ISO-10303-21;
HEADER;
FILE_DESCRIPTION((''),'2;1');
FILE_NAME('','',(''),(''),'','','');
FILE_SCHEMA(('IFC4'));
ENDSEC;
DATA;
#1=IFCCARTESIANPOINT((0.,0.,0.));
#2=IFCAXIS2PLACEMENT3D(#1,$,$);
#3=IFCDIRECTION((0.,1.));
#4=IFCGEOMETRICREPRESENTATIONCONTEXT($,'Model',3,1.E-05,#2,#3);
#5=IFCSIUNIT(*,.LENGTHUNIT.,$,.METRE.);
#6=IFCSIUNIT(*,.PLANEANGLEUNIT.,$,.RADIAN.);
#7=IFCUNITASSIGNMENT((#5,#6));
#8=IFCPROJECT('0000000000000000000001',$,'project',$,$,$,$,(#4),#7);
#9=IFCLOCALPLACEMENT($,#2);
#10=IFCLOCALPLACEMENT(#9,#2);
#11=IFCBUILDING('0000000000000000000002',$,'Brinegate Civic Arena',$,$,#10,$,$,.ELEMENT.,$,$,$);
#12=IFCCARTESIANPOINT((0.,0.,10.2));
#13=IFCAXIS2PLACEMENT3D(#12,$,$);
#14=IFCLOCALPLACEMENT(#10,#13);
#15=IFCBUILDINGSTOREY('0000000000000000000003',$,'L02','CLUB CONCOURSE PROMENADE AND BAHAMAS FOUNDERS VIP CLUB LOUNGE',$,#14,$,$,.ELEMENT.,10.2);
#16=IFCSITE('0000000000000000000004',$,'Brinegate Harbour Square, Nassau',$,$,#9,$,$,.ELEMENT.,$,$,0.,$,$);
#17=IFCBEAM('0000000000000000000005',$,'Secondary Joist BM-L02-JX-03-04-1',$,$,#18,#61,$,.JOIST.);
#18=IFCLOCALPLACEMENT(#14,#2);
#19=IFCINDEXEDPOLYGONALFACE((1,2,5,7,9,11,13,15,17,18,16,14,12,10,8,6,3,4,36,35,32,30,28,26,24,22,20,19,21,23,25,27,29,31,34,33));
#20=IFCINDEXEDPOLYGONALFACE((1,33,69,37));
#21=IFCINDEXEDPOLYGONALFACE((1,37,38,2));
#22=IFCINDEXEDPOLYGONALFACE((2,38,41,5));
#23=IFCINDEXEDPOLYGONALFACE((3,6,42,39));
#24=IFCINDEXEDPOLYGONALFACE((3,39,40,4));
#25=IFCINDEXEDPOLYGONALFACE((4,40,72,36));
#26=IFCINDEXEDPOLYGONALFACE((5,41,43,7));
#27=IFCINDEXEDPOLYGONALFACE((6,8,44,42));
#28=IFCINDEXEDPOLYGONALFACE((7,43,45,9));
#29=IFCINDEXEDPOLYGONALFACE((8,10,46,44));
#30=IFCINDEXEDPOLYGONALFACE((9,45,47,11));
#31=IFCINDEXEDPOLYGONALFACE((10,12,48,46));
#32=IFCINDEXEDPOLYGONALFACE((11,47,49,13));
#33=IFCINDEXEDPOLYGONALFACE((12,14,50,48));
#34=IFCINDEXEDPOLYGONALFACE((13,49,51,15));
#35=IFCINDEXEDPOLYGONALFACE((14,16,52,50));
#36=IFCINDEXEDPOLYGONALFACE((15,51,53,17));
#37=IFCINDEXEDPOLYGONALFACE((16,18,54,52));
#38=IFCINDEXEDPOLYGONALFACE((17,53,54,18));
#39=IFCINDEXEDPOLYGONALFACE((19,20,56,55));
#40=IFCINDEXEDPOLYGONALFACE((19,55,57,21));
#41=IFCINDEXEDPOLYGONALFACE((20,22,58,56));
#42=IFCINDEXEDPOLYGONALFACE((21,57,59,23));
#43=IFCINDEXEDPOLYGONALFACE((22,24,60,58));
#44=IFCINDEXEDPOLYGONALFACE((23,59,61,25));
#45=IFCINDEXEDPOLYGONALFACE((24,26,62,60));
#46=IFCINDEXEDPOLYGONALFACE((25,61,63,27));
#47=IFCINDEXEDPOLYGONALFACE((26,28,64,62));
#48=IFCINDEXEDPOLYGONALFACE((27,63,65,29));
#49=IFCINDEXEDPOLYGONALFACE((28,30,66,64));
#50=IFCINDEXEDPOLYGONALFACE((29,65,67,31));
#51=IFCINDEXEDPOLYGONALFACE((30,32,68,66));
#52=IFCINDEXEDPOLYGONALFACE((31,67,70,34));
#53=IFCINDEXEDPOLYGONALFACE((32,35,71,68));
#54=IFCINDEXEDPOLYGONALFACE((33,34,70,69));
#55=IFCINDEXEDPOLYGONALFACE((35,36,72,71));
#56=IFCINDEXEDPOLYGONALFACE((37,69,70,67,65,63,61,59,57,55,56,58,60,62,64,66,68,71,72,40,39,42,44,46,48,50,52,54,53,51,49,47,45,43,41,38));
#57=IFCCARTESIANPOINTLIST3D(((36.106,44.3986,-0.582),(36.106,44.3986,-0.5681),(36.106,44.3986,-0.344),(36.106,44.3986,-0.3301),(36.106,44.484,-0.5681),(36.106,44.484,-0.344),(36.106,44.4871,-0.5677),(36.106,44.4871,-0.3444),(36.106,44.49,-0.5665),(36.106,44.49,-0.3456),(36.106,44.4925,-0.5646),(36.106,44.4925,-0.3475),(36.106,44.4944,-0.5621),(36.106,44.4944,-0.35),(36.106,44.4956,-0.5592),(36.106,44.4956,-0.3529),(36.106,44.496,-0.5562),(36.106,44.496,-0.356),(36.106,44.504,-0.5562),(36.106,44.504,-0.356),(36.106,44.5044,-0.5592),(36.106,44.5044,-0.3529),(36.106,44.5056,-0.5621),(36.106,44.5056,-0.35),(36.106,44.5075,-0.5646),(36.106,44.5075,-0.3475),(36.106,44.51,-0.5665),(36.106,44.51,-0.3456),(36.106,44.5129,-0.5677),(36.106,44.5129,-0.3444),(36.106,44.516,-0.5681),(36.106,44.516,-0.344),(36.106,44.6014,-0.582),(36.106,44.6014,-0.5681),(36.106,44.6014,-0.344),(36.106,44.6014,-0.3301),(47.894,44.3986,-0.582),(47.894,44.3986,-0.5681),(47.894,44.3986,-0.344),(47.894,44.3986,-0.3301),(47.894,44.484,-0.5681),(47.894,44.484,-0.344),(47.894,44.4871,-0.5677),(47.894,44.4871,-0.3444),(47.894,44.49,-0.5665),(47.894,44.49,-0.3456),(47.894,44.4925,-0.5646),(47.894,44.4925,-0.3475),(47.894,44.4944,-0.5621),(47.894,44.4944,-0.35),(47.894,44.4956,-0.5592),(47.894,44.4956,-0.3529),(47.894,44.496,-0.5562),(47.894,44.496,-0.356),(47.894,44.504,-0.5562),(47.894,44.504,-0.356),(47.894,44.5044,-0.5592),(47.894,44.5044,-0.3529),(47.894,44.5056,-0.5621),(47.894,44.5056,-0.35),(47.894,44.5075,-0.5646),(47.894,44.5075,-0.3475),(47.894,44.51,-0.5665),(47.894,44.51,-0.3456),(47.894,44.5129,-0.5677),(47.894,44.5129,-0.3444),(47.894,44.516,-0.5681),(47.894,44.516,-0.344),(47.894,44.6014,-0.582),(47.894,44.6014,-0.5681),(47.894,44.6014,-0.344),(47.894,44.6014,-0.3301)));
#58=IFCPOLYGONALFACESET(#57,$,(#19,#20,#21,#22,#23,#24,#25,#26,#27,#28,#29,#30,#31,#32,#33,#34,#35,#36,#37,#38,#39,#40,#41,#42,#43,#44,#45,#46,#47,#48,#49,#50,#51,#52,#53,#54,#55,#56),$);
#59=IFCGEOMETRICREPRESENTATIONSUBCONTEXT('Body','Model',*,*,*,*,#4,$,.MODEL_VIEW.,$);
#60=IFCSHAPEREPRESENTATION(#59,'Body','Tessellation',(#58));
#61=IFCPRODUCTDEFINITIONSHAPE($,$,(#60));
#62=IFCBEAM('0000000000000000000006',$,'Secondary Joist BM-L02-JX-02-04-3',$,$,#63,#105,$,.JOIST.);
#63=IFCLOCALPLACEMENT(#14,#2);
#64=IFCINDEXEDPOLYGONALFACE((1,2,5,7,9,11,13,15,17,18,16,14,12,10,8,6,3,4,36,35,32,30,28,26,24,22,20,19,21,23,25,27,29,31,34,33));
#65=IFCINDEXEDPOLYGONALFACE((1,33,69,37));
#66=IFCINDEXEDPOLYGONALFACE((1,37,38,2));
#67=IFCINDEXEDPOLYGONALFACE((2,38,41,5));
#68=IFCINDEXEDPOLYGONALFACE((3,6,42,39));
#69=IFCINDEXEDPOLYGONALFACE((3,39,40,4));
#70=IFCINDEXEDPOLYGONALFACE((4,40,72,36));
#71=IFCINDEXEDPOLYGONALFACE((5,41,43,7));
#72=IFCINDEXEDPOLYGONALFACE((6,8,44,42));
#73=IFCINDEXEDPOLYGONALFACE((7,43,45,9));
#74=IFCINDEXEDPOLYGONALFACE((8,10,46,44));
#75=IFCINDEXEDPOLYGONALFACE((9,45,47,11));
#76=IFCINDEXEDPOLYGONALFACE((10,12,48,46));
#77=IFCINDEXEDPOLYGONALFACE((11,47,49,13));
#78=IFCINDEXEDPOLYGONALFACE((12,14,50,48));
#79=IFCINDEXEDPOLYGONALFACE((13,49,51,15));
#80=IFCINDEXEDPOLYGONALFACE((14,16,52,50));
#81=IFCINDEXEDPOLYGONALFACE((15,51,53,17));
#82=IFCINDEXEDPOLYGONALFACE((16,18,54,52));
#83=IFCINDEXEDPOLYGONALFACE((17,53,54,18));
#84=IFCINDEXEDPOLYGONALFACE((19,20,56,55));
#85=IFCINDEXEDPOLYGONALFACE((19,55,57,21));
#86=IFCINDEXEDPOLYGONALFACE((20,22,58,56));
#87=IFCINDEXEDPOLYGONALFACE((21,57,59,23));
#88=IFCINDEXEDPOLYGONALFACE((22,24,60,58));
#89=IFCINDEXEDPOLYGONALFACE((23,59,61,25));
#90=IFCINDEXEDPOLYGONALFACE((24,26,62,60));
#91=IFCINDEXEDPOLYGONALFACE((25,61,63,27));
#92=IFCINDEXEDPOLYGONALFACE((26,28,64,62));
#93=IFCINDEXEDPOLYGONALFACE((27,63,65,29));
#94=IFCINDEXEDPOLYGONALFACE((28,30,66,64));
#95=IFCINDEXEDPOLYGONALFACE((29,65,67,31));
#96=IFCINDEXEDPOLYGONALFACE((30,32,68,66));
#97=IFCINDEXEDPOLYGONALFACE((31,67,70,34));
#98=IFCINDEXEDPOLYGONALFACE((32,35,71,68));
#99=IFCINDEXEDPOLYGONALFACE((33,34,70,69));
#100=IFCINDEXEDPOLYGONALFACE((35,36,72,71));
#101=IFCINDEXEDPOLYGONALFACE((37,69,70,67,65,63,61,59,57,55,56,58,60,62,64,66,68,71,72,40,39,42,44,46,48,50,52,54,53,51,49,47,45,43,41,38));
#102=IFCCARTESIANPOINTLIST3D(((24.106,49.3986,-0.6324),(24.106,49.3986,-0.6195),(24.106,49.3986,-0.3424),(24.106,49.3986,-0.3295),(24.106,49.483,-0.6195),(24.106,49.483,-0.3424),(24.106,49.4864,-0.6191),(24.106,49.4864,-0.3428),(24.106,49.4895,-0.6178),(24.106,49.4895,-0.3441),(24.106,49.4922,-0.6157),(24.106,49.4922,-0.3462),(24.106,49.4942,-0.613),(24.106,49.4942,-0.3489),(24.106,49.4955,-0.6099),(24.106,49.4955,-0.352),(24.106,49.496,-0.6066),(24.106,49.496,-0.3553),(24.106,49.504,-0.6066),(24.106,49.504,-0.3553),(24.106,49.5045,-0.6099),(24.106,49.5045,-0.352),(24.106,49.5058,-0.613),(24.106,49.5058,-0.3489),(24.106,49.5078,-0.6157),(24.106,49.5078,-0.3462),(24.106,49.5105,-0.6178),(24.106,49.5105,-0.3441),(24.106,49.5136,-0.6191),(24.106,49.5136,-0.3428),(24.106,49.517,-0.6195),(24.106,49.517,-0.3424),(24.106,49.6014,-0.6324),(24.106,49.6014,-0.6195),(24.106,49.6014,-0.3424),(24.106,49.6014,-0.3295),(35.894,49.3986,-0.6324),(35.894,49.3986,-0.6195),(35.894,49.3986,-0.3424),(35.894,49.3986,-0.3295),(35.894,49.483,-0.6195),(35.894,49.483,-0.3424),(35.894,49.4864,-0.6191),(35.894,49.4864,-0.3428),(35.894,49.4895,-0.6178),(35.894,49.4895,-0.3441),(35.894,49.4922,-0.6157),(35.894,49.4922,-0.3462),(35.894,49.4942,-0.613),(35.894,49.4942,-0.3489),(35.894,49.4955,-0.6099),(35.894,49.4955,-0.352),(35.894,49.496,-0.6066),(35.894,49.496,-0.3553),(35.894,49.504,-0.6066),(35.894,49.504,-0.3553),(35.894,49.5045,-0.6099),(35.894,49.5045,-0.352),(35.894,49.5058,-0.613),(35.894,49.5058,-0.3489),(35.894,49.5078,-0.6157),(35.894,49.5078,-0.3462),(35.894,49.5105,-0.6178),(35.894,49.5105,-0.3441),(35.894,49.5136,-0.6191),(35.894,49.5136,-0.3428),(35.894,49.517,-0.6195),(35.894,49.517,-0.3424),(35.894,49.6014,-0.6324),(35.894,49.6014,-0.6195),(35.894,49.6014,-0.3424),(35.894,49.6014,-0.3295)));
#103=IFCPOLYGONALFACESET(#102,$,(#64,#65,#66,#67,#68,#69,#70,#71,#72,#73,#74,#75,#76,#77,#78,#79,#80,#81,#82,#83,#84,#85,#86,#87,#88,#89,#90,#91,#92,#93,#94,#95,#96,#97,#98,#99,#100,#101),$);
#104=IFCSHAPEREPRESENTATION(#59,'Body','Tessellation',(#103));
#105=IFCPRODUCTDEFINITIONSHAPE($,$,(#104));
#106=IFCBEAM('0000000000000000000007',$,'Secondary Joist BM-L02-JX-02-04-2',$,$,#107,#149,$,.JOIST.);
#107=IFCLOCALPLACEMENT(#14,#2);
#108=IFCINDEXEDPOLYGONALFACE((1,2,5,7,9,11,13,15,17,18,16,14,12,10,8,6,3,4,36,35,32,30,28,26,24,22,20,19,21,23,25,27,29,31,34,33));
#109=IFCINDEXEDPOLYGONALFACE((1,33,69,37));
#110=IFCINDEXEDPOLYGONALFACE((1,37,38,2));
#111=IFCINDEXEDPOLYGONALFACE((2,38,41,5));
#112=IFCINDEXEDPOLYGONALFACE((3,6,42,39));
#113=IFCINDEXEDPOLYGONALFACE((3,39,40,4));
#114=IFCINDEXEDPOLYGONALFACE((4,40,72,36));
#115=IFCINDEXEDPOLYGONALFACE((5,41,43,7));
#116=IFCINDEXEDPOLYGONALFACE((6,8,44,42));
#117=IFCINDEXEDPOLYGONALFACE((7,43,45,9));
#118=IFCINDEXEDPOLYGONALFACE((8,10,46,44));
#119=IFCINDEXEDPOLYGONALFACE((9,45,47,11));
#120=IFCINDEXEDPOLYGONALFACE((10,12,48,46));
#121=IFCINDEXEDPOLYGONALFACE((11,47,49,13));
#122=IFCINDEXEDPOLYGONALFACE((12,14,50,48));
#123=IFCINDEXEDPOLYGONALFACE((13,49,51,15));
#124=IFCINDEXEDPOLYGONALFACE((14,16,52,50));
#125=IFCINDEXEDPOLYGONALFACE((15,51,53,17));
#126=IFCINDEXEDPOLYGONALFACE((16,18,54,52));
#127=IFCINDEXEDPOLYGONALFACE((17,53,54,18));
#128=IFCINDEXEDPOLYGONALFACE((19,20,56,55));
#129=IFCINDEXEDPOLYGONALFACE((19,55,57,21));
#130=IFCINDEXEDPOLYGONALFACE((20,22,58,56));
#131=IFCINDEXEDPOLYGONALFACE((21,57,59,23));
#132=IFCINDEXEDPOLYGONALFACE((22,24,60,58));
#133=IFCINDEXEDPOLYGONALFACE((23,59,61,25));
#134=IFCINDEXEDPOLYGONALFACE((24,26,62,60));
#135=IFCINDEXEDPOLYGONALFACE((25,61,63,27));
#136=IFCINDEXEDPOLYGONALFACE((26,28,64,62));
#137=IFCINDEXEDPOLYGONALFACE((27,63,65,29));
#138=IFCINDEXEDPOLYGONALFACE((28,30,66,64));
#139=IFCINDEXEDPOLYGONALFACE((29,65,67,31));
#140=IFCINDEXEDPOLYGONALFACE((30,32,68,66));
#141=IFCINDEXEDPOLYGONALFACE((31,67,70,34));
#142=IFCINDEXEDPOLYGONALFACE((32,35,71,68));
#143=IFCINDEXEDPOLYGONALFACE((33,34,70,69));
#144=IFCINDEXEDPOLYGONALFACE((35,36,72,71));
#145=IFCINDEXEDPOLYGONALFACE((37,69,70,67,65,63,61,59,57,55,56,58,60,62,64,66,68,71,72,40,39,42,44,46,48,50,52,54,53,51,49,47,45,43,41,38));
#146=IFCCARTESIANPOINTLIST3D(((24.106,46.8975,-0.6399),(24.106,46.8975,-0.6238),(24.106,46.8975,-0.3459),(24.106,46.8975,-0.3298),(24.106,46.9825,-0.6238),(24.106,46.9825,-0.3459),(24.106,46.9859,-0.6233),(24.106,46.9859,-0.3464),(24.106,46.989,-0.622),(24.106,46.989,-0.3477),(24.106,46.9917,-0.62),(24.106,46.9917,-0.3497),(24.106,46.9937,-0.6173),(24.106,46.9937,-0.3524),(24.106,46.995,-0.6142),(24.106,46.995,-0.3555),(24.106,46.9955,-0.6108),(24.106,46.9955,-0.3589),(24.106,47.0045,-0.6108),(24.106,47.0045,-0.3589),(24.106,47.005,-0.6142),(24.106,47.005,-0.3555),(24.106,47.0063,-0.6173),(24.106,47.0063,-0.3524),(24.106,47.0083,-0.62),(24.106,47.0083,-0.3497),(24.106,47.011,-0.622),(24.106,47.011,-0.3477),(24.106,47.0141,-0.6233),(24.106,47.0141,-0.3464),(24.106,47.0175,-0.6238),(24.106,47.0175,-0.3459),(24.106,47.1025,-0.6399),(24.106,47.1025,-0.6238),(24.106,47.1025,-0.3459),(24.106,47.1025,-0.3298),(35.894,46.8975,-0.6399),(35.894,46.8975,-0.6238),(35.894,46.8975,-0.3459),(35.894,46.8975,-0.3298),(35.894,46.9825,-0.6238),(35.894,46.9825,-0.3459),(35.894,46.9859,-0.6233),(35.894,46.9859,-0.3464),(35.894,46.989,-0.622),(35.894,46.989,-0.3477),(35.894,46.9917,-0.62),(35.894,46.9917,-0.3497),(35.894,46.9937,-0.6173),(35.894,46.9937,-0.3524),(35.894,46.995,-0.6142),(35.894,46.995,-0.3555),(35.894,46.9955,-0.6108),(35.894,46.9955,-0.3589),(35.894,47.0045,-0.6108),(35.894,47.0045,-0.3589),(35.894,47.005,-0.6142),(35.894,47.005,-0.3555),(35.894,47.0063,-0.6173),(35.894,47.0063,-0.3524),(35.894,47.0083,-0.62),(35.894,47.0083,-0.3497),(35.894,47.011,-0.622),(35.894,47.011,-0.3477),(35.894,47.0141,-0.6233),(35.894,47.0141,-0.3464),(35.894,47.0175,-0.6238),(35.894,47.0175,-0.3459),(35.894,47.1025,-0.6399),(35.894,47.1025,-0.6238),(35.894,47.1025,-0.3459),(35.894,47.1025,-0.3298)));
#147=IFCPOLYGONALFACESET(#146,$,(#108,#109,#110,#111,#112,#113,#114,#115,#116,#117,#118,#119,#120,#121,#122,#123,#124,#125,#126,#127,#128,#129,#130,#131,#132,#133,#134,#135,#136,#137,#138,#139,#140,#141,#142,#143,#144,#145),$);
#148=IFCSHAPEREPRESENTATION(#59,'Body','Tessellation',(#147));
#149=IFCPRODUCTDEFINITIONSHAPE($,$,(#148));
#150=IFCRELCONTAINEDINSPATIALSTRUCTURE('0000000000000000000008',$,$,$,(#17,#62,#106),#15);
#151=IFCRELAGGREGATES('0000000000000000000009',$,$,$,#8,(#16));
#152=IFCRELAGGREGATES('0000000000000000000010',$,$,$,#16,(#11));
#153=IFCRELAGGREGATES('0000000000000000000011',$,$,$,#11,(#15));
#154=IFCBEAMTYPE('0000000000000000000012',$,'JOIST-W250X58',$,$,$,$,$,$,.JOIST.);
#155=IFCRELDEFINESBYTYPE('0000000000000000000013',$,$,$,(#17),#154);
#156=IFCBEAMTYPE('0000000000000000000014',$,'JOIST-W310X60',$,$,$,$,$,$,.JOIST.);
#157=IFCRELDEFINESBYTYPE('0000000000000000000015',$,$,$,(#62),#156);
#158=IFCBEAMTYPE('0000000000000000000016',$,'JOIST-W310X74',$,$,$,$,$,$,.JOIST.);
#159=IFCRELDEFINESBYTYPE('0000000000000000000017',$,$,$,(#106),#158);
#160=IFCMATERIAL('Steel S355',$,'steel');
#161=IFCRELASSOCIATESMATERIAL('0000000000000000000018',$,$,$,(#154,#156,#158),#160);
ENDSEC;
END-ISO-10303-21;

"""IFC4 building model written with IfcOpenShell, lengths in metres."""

from ifc_helpers import new_model, si_unit, direction, frame, origin, origin_2d, place, context, subcontext, project, spatial, i_section, extrude, material, material_profile, profile_set, type_object, element, save


model = new_model("IFC4")

# Units and contexts
model_context = context("Model", 3, precision=1e-05, world=origin(), true_north=direction((0.0, 1.0)))
body_context = subcontext(model_context, "Body", "Model", "MODEL_VIEW")
ifc_project = project(units=[si_unit("LENGTHUNIT", "METRE"), si_unit("PLANEANGLEUNIT", "RADIAN")], contexts=[model_context])

# Site, building, storey
site_placement = place(None, origin())
site = spatial("IfcSite", under=ifc_project, at=site_placement, Name="Brinegate Harbour Square, Nassau", CompositionType="ELEMENT", RefElevation=0.0)
building_placement = place(site_placement, origin())
building = spatial("IfcBuilding", under=site, at=building_placement, Name="Brinegate Civic Arena", CompositionType="ELEMENT")
storey_placement = place(building_placement, frame((0.0, 0.0, 10.2)))
storey = spatial("IfcBuildingStorey", under=building, at=storey_placement, Name="L02", Description="CLUB CONCOURSE PROMENADE AND BAHAMAS FOUNDERS VIP CLUB LOUNGE", CompositionType="ELEMENT", Elevation=10.2)

# Shared definitions
ifc_material_1 = material(Name="Steel S355", Category="steel")

# Beams
ifc_material_profile_1 = material_profile(ifc_material_1, i_section(OverallWidth=0.2029, OverallDepth=0.252, WebThickness=0.0081, FlangeThickness=0.0139, FilletRadius=0.012, at=origin_2d()), Name="W250X58")
ifc_profile_set_1 = profile_set([ifc_material_profile_1], Name="Steel S355")
beam_type_1 = type_object("IfcBeamType", Name="JOIST-W250X58", PredefinedType="JOIST", material=ifc_profile_set_1)
beam_1_placement = place(storey_placement, frame((36.106, 44.5, -0.4561), z_axis=(1.0, 0.0, 0.0), x_axis=(0.0, 1.0, 0.0)))
element("IfcBeam", 1, at=beam_1_placement, inside=storey, type_object=beam_type_1, Name="Secondary Joist BM-L02-JX-03-04-1", PredefinedType="JOIST", context=body_context, shape_type="SweptSolid", body=[
    extrude(i_section(OverallWidth=0.2029, OverallDepth=0.252, WebThickness=0.0081, FlangeThickness=0.0139, FilletRadius=0.012, at=origin_2d()), origin(), (0.0, 0.0, 1.0), 11.7881),
])
ifc_material_profile_2 = material_profile(ifc_material_1, i_section(OverallWidth=0.2029, OverallDepth=0.303, WebThickness=0.0081, FlangeThickness=0.0129, FilletRadius=0.0129, at=origin_2d()), Name="W310X60")
ifc_profile_set_2 = profile_set([ifc_material_profile_2], Name="Steel S355")
beam_type_2 = type_object("IfcBeamType", Name="JOIST-W310X60", PredefinedType="JOIST", material=ifc_profile_set_2)
beam_2_placement = place(storey_placement, frame((24.106, 49.5, -0.481), z_axis=(1.0, 0.0, 0.0), x_axis=(0.0, 1.0, 0.0)))
element("IfcBeam", 2, at=beam_2_placement, inside=storey, type_object=beam_type_2, Name="Secondary Joist BM-L02-JX-02-04-3", PredefinedType="JOIST", context=body_context, shape_type="SweptSolid", body=[
    extrude(i_section(OverallWidth=0.2029, OverallDepth=0.303, WebThickness=0.0081, FlangeThickness=0.0129, FilletRadius=0.0129, at=origin_2d()), origin(), (0.0, 0.0, 1.0), 11.7881),
])
ifc_material_profile_3 = material_profile(ifc_material_1, i_section(OverallWidth=0.2051, OverallDepth=0.3101, WebThickness=0.009, FlangeThickness=0.0161, FilletRadius=0.0129, at=origin_2d()), Name="W310X74")
ifc_profile_set_3 = profile_set([ifc_material_profile_3], Name="Steel S355")
beam_type_3 = type_object("IfcBeamType", Name="JOIST-W310X74", PredefinedType="JOIST", material=ifc_profile_set_3)
beam_3_placement = place(storey_placement, frame((24.106, 47.0, -0.4849), z_axis=(1.0, 0.0, 0.0), x_axis=(0.0, 1.0, 0.0)))
element("IfcBeam", 3, at=beam_3_placement, inside=storey, type_object=beam_type_3, Name="Secondary Joist BM-L02-JX-02-04-2", PredefinedType="JOIST", context=body_context, shape_type="SweptSolid", body=[
    extrude(i_section(OverallWidth=0.2051, OverallDepth=0.3101, WebThickness=0.009, FlangeThickness=0.0161, FilletRadius=0.0129, at=origin_2d()), origin(), (0.0, 0.0, 1.0), 11.7881),
])

save(model, "model.ifc")
